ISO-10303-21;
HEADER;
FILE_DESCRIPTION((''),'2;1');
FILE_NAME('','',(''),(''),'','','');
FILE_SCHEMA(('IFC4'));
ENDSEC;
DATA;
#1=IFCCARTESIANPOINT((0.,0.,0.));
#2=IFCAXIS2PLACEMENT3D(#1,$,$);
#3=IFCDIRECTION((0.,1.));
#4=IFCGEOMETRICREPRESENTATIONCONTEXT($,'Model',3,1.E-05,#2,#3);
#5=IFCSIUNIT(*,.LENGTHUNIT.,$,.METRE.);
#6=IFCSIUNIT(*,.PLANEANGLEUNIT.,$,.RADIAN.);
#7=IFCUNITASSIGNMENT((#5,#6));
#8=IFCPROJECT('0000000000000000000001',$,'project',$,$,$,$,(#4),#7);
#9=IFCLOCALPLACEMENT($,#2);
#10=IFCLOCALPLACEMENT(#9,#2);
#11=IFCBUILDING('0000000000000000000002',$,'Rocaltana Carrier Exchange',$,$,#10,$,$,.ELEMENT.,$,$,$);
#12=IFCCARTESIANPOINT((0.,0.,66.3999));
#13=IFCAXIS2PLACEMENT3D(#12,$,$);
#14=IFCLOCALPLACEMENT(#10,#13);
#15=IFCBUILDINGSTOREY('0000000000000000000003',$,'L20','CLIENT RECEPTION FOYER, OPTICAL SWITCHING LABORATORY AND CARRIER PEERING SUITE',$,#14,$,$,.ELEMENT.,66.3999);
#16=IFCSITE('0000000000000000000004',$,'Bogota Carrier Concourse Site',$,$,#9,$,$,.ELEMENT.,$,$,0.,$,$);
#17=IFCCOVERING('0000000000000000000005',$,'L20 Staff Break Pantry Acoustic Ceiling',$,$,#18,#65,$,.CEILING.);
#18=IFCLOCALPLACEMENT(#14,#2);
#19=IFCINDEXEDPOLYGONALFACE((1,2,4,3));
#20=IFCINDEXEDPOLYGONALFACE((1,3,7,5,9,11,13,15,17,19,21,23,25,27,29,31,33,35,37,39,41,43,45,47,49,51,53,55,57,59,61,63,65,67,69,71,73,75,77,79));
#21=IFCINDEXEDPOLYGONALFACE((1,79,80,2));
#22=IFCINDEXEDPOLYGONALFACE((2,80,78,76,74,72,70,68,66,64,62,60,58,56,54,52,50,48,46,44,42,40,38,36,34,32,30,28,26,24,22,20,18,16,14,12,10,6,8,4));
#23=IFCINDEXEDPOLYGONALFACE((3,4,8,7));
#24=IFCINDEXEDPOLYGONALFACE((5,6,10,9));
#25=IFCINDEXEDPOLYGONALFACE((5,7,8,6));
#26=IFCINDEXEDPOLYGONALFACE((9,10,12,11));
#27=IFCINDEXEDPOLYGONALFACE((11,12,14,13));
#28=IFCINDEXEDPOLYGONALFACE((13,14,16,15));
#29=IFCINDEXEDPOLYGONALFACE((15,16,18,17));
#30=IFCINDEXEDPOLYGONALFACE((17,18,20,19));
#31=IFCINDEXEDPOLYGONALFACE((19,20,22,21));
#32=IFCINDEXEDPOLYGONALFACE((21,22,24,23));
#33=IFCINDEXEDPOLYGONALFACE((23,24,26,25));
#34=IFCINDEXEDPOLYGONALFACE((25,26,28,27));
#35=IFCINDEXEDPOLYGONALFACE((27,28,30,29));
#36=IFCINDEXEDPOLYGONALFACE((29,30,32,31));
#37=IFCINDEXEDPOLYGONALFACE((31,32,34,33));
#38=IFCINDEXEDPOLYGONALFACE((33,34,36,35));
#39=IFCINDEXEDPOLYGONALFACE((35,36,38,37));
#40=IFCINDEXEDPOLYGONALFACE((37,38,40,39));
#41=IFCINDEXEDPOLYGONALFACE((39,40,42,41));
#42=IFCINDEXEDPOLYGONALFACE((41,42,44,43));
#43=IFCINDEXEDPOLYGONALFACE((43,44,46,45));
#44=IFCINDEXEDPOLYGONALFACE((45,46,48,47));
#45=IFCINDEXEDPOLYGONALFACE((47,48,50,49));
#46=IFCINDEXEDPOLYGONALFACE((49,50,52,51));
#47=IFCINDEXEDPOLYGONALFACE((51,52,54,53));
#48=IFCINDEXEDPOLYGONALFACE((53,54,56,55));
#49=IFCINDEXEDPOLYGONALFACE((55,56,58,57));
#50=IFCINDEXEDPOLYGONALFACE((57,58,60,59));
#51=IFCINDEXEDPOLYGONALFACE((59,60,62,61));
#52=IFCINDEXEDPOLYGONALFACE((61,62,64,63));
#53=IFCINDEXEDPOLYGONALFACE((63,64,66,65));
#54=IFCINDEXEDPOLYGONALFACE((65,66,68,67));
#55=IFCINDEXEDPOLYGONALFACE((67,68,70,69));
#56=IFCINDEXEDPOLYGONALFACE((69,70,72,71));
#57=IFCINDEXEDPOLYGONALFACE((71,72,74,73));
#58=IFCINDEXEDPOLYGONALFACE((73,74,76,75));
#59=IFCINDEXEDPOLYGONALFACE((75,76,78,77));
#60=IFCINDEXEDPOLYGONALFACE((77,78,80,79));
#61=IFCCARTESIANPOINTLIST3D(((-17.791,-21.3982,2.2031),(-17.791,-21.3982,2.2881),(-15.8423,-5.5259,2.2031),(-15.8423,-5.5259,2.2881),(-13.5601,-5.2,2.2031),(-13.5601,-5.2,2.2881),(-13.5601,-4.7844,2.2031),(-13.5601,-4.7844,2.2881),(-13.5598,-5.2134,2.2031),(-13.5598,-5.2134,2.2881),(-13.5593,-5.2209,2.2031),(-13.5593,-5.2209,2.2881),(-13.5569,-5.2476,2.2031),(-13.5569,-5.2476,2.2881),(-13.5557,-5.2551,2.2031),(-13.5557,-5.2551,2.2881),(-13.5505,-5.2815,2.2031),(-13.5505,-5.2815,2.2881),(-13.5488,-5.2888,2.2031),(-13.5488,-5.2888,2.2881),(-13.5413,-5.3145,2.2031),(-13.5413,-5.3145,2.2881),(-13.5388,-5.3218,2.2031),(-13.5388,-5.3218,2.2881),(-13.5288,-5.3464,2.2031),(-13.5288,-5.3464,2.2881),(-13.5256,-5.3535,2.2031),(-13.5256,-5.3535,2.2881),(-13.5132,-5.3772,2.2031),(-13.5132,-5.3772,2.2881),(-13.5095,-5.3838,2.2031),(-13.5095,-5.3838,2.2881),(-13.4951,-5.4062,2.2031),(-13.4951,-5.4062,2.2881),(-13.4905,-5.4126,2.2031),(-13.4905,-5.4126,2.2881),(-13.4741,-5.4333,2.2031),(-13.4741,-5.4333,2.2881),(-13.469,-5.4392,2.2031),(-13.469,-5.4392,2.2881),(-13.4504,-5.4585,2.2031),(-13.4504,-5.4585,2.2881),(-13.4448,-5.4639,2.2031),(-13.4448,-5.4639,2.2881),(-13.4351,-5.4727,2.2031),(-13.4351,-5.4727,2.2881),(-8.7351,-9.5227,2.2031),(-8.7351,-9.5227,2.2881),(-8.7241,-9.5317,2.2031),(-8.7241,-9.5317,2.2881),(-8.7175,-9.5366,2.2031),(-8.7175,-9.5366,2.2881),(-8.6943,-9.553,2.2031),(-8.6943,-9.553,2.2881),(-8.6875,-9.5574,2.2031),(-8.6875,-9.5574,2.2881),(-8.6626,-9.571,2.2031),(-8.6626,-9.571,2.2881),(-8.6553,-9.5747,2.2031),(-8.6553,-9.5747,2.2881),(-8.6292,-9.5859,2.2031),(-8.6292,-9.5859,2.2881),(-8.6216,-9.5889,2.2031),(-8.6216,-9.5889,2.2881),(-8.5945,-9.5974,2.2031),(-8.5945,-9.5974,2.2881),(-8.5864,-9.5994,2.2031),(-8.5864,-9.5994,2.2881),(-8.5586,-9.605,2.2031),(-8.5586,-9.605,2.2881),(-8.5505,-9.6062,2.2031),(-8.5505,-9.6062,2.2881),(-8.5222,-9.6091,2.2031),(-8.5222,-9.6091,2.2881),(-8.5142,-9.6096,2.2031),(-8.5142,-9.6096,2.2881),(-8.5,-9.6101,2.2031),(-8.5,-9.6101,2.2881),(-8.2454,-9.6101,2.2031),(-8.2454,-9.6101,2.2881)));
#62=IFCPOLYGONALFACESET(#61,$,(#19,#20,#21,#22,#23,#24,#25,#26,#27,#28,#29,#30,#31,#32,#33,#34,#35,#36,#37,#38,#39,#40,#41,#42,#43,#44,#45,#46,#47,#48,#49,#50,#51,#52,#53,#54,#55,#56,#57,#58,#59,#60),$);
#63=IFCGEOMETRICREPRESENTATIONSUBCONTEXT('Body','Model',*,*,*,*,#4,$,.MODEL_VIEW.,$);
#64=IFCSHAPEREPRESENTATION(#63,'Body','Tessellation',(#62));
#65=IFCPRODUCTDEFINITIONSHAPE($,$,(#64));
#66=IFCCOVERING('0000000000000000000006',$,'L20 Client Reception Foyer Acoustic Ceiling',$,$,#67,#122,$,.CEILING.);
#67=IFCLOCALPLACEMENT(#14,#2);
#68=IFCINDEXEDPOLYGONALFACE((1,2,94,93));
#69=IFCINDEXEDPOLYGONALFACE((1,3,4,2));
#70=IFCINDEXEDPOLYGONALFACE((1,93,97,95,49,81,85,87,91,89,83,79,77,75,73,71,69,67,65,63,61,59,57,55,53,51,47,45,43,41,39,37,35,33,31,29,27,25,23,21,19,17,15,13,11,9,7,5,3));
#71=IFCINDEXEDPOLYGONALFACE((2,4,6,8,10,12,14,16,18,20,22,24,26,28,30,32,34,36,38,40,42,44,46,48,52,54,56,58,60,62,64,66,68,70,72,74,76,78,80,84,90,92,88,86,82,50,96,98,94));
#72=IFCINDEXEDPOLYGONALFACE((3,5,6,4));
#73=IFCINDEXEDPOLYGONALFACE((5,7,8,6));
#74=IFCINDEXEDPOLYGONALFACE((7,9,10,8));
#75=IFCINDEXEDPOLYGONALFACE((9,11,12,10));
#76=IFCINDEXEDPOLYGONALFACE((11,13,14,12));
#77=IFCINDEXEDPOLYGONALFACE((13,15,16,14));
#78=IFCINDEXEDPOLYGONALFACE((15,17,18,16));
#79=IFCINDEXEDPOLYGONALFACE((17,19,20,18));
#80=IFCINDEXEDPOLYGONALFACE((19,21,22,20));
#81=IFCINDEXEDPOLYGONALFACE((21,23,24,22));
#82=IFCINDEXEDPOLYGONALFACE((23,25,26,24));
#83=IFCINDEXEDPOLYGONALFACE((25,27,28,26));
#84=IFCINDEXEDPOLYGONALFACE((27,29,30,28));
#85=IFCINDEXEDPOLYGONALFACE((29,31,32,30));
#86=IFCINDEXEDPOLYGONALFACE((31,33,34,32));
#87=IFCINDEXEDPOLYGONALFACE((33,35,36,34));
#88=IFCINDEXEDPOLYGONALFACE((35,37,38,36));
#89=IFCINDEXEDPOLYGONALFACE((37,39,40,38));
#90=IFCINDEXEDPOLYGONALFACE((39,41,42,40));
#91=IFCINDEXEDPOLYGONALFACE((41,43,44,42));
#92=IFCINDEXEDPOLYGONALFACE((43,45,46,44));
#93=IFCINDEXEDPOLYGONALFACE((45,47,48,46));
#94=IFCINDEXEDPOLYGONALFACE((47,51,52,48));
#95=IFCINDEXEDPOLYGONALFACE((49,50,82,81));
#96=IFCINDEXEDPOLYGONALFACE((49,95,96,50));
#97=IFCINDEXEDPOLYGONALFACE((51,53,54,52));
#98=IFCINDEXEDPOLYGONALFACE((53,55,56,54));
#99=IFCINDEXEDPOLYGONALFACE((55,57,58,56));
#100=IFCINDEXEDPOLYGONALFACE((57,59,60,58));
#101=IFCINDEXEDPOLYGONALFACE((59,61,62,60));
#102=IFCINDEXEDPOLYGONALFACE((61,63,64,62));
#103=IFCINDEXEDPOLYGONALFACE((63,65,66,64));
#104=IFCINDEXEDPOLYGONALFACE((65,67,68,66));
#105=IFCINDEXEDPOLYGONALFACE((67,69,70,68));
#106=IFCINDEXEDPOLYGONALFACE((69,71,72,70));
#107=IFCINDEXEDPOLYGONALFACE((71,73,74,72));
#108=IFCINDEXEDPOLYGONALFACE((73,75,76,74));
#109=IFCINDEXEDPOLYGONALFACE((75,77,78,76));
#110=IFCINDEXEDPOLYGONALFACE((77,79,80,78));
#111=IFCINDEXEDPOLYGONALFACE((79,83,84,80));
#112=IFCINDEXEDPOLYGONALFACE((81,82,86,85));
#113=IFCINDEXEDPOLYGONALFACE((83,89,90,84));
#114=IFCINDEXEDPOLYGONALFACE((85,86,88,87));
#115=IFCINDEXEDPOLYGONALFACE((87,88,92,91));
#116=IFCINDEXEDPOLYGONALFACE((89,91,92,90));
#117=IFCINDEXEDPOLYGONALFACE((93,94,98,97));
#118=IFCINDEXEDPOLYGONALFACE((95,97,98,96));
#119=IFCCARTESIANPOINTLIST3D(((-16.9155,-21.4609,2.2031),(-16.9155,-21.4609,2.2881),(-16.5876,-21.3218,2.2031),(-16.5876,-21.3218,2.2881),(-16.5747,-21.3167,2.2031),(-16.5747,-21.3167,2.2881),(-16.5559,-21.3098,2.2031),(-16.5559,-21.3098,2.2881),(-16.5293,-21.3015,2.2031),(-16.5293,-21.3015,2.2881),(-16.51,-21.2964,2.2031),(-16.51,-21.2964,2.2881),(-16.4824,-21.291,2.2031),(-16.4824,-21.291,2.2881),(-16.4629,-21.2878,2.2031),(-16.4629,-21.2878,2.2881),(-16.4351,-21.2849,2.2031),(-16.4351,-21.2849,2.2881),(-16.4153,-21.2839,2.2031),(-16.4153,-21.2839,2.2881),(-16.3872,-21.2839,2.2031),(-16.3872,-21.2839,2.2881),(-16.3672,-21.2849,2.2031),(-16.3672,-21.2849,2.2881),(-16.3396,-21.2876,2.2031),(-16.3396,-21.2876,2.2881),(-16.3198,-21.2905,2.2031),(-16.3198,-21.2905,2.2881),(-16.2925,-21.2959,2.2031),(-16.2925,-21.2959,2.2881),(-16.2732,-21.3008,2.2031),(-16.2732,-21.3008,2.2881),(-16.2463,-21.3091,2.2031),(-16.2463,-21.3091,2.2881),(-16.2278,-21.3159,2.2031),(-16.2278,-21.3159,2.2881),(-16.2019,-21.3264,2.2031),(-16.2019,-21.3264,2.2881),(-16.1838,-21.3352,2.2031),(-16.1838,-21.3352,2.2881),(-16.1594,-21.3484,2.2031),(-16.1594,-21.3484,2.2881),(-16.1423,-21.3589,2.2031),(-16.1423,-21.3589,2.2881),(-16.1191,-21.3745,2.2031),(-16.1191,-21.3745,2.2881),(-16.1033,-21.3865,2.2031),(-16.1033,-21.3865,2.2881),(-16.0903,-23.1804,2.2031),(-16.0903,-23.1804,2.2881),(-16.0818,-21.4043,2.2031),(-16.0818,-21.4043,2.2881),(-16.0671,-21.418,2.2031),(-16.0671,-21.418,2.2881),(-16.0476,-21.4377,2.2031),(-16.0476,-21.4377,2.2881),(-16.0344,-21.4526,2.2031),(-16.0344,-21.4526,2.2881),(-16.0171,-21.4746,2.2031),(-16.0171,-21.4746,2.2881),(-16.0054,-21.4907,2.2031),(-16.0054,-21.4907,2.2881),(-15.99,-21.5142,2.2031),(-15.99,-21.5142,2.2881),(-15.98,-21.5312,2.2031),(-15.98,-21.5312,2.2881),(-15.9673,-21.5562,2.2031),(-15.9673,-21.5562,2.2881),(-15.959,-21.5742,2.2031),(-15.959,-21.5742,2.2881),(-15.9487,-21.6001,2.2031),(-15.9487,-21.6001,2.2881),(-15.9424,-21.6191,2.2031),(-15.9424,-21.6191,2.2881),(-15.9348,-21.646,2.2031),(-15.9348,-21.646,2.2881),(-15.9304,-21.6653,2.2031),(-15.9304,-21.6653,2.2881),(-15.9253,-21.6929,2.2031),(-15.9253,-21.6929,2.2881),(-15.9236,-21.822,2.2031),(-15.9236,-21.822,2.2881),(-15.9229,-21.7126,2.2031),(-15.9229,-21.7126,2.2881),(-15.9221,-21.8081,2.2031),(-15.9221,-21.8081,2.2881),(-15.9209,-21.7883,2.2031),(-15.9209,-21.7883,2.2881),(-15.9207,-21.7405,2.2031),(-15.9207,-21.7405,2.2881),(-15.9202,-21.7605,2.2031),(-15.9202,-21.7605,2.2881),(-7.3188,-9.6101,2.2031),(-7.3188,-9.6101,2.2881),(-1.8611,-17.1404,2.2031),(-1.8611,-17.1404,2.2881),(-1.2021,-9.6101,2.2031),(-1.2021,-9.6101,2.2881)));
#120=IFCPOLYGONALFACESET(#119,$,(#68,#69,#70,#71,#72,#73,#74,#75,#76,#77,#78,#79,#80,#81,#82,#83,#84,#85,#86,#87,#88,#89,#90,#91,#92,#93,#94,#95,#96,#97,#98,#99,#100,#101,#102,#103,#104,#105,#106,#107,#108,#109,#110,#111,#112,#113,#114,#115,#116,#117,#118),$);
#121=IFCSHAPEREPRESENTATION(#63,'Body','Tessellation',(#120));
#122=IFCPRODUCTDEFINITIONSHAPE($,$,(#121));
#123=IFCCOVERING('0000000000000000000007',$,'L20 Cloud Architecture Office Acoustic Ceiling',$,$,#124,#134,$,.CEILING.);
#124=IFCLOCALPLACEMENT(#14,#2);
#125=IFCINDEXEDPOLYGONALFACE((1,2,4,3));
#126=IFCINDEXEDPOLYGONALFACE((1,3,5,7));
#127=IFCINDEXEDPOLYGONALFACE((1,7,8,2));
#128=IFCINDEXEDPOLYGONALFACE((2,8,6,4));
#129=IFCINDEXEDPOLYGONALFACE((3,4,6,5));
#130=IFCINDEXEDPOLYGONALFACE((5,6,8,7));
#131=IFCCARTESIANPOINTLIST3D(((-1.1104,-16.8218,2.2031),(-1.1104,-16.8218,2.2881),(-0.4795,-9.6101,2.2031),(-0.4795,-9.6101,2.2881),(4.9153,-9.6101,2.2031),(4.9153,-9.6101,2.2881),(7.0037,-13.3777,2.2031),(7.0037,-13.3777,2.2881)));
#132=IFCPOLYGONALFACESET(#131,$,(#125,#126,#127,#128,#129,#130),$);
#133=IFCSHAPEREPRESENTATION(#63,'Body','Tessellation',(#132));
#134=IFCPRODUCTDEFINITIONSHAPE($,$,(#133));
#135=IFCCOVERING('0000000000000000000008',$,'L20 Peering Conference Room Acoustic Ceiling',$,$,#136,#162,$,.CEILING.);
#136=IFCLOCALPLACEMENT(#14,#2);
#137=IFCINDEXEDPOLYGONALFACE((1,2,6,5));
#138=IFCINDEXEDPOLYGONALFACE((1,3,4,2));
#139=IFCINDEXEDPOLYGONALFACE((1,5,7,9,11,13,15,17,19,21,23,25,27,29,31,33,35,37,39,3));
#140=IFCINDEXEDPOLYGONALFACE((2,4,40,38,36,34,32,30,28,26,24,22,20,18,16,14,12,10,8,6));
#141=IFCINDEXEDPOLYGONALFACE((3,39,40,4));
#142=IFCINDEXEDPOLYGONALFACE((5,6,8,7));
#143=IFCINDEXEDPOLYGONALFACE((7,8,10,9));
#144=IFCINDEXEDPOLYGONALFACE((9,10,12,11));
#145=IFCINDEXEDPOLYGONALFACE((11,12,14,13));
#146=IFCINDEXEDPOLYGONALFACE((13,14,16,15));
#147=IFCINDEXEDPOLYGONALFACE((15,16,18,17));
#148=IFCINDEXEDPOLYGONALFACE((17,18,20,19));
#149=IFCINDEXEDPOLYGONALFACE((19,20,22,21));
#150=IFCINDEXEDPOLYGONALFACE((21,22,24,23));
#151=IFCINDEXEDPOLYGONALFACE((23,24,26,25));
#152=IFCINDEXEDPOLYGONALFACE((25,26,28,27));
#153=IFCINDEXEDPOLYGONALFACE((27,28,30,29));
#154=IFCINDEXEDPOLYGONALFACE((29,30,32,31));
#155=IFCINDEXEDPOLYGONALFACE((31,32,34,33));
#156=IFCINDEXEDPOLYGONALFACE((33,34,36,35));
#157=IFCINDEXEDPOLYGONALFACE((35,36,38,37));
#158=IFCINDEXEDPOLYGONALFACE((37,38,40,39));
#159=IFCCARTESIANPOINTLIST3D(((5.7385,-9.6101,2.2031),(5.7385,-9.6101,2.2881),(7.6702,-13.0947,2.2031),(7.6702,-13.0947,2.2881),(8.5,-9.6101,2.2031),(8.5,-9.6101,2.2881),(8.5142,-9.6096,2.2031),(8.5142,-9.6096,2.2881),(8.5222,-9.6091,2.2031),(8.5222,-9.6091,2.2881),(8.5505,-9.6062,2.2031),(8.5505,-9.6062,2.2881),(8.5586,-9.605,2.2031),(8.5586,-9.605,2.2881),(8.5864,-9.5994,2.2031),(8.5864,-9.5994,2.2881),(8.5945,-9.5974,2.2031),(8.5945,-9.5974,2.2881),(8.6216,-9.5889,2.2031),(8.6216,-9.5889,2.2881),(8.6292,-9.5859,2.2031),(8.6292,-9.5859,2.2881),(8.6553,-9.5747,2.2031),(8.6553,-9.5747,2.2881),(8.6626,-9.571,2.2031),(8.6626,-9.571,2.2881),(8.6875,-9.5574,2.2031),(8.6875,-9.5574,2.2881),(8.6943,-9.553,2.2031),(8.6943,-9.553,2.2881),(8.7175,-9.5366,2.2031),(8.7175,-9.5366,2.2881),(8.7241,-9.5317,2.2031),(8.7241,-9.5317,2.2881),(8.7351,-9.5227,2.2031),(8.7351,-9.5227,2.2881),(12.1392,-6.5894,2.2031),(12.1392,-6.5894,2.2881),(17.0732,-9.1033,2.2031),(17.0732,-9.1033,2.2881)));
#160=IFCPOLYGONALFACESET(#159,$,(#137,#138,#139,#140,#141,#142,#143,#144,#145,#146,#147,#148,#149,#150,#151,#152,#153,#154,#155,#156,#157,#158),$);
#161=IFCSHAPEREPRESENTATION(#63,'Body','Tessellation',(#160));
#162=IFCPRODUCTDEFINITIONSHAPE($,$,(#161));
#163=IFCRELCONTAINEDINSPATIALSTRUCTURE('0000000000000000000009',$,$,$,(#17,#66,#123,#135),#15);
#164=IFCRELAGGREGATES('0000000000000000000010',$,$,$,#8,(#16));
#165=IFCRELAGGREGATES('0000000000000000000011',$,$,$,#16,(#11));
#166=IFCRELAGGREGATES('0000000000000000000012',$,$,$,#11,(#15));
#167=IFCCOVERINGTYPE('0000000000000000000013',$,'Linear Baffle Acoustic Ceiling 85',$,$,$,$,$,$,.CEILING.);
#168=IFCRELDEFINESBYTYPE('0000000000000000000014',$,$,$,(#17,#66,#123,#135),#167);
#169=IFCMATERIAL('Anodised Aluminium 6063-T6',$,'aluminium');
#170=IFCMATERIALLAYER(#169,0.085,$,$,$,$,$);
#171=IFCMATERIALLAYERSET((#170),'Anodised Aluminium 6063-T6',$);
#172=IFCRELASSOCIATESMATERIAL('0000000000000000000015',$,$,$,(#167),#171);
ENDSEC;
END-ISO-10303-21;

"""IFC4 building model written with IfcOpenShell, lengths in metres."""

from ifc_helpers import new_model, si_unit, direction, frame, origin, place, context, subcontext, project, spatial, polyline, outline, extrude, material, layer, layer_set, type_object, element, save


model = new_model("IFC4")

# Units and contexts
model_context = context("Model", 3, precision=1e-05, world=origin(), true_north=direction((0.0, 1.0)))
body_context = subcontext(model_context, "Body", "Model", "MODEL_VIEW")
ifc_project = project(units=[si_unit("LENGTHUNIT", "METRE"), si_unit("PLANEANGLEUNIT", "RADIAN")], contexts=[model_context])

# Site, building, storey
site_placement = place(None, origin())
site = spatial("IfcSite", under=ifc_project, at=site_placement, Name="Bogota Carrier Concourse Site", CompositionType="ELEMENT", RefElevation=0.0)
building_placement = place(site_placement, origin())
building = spatial("IfcBuilding", under=site, at=building_placement, Name="Rocaltana Carrier Exchange", CompositionType="ELEMENT")
storey_placement = place(building_placement, frame((0.0, 0.0, 66.3999)))
storey = spatial("IfcBuildingStorey", under=building, at=storey_placement, Name="L20", Description="CLIENT RECEPTION FOYER, OPTICAL SWITCHING LABORATORY AND CARRIER PEERING SUITE", CompositionType="ELEMENT", Elevation=66.3999)

# Coverings
ifc_material_1 = material(Name="Anodised Aluminium 6063-T6", Category="aluminium")
ifc_layer_1 = layer(ifc_material_1, 0.085)
ifc_layer_set_1 = layer_set([ifc_layer_1], Name="Anodised Aluminium 6063-T6")
covering_type_1 = type_object("IfcCoveringType", Name="Linear Baffle Acoustic Ceiling 85", PredefinedType="CEILING", material=ifc_layer_set_1)
covering_1_placement = place(storey_placement, frame((0.0, 0.0, 2.2031)))
element("IfcCovering", 1, at=covering_1_placement, inside=storey, type_object=covering_type_1, Name="L20 Staff Break Pantry Acoustic Ceiling", PredefinedType="CEILING", context=body_context, shape_type="SweptSolid", body=[
    extrude(outline(polyline([(-17.791, -21.3982), (-15.8423, -5.5259), (-13.5601, -4.7844), (-13.5601, -5.2), (-13.5598, -5.2134), (-13.5593, -5.2209), (-13.5569, -5.2476), (-13.5557, -5.2551), (-13.5505, -5.2815), (-13.5488, -5.2888), (-13.5413, -5.3145), (-13.5388, -5.3218), (-13.5288, -5.3464), (-13.5256, -5.3535), (-13.5132, -5.3772), (-13.5095, -5.3838), (-13.4951, -5.4062), (-13.4905, -5.4126), (-13.4741, -5.4333), (-13.469, -5.4392), (-13.4504, -5.4585), (-13.4448, -5.4639), (-13.4351, -5.4727), (-8.7351, -9.5227), (-8.7241, -9.5317), (-8.7175, -9.5366), (-8.6943, -9.553), (-8.6875, -9.5574), (-8.6626, -9.571), (-8.6553, -9.5747), (-8.6292, -9.5859), (-8.6216, -9.5889), (-8.5945, -9.5974), (-8.5864, -9.5994), (-8.5586, -9.605), (-8.5505, -9.6062), (-8.5222, -9.6091), (-8.5142, -9.6096), (-8.5, -9.6101), (-8.2454, -9.6101), (-17.791, -21.3982)])), origin(), (0.0, 0.0, 1.0), 0.085),
])
covering_2_placement = place(storey_placement, frame((0.0, 0.0, 2.2031)))
element("IfcCovering", 2, at=covering_2_placement, inside=storey, type_object=covering_type_1, Name="L20 Client Reception Foyer Acoustic Ceiling", PredefinedType="CEILING", context=body_context, shape_type="SweptSolid", body=[
    extrude(outline(polyline([(-15.9236, -21.822), (-15.9221, -21.8081), (-15.9209, -21.7883), (-15.9202, -21.7605), (-15.9207, -21.7405), (-15.9229, -21.7126), (-15.9253, -21.6929), (-15.9304, -21.6653), (-15.9348, -21.646), (-15.9424, -21.6191), (-15.9487, -21.6001), (-15.959, -21.5742), (-15.9673, -21.5562), (-15.98, -21.5312), (-15.99, -21.5142), (-16.0054, -21.4907), (-16.0171, -21.4746), (-16.0344, -21.4526), (-16.0476, -21.4377), (-16.0671, -21.418), (-16.0818, -21.4043), (-16.1033, -21.3865), (-16.1191, -21.3745), (-16.1423, -21.3589), (-16.1594, -21.3484), (-16.1838, -21.3352), (-16.2019, -21.3264), (-16.2278, -21.3159), (-16.2463, -21.3091), (-16.2732, -21.3008), (-16.2925, -21.2959), (-16.3198, -21.2905), (-16.3396, -21.2876), (-16.3672, -21.2849), (-16.3872, -21.2839), (-16.4153, -21.2839), (-16.4351, -21.2849), (-16.4629, -21.2878), (-16.4824, -21.291), (-16.51, -21.2964), (-16.5293, -21.3015), (-16.5559, -21.3098), (-16.5747, -21.3167), (-16.5876, -21.3218), (-16.9155, -21.4609), (-7.3188, -9.6101), (-1.2021, -9.6101), (-1.8611, -17.1404), (-16.0903, -23.1804), (-15.9236, -21.822)])), origin(), (0.0, 0.0, 1.0), 0.085),
])
covering_3_placement = place(storey_placement, frame((0.0, 0.0, 2.2031)))
element("IfcCovering", 3, at=covering_3_placement, inside=storey, type_object=covering_type_1, Name="L20 Cloud Architecture Office Acoustic Ceiling", PredefinedType="CEILING", context=body_context, shape_type="SweptSolid", body=[
    extrude(outline(polyline([(-1.1104, -16.8218), (-0.4795, -9.6101), (4.9153, -9.6101), (7.0037, -13.3777), (-1.1104, -16.8218)])), origin(), (0.0, 0.0, 1.0), 0.085),
])
covering_4_placement = place(storey_placement, frame((0.0, 0.0, 2.2031)))
element("IfcCovering", 4, at=covering_4_placement, inside=storey, type_object=covering_type_1, Name="L20 Peering Conference Room Acoustic Ceiling", PredefinedType="CEILING", context=body_context, shape_type="SweptSolid", body=[
    extrude(outline(polyline([(7.6702, -13.0947), (5.7385, -9.6101), (8.5, -9.6101), (8.5142, -9.6096), (8.5222, -9.6091), (8.5505, -9.6062), (8.5586, -9.605), (8.5864, -9.5994), (8.5945, -9.5974), (8.6216, -9.5889), (8.6292, -9.5859), (8.6553, -9.5747), (8.6626, -9.571), (8.6875, -9.5574), (8.6943, -9.553), (8.7175, -9.5366), (8.7241, -9.5317), (8.7351, -9.5227), (12.1392, -6.5894), (17.0732, -9.1033), (7.6702, -13.0947)])), origin(), (0.0, 0.0, 1.0), 0.085),
])

save(model, "model.ifc")
